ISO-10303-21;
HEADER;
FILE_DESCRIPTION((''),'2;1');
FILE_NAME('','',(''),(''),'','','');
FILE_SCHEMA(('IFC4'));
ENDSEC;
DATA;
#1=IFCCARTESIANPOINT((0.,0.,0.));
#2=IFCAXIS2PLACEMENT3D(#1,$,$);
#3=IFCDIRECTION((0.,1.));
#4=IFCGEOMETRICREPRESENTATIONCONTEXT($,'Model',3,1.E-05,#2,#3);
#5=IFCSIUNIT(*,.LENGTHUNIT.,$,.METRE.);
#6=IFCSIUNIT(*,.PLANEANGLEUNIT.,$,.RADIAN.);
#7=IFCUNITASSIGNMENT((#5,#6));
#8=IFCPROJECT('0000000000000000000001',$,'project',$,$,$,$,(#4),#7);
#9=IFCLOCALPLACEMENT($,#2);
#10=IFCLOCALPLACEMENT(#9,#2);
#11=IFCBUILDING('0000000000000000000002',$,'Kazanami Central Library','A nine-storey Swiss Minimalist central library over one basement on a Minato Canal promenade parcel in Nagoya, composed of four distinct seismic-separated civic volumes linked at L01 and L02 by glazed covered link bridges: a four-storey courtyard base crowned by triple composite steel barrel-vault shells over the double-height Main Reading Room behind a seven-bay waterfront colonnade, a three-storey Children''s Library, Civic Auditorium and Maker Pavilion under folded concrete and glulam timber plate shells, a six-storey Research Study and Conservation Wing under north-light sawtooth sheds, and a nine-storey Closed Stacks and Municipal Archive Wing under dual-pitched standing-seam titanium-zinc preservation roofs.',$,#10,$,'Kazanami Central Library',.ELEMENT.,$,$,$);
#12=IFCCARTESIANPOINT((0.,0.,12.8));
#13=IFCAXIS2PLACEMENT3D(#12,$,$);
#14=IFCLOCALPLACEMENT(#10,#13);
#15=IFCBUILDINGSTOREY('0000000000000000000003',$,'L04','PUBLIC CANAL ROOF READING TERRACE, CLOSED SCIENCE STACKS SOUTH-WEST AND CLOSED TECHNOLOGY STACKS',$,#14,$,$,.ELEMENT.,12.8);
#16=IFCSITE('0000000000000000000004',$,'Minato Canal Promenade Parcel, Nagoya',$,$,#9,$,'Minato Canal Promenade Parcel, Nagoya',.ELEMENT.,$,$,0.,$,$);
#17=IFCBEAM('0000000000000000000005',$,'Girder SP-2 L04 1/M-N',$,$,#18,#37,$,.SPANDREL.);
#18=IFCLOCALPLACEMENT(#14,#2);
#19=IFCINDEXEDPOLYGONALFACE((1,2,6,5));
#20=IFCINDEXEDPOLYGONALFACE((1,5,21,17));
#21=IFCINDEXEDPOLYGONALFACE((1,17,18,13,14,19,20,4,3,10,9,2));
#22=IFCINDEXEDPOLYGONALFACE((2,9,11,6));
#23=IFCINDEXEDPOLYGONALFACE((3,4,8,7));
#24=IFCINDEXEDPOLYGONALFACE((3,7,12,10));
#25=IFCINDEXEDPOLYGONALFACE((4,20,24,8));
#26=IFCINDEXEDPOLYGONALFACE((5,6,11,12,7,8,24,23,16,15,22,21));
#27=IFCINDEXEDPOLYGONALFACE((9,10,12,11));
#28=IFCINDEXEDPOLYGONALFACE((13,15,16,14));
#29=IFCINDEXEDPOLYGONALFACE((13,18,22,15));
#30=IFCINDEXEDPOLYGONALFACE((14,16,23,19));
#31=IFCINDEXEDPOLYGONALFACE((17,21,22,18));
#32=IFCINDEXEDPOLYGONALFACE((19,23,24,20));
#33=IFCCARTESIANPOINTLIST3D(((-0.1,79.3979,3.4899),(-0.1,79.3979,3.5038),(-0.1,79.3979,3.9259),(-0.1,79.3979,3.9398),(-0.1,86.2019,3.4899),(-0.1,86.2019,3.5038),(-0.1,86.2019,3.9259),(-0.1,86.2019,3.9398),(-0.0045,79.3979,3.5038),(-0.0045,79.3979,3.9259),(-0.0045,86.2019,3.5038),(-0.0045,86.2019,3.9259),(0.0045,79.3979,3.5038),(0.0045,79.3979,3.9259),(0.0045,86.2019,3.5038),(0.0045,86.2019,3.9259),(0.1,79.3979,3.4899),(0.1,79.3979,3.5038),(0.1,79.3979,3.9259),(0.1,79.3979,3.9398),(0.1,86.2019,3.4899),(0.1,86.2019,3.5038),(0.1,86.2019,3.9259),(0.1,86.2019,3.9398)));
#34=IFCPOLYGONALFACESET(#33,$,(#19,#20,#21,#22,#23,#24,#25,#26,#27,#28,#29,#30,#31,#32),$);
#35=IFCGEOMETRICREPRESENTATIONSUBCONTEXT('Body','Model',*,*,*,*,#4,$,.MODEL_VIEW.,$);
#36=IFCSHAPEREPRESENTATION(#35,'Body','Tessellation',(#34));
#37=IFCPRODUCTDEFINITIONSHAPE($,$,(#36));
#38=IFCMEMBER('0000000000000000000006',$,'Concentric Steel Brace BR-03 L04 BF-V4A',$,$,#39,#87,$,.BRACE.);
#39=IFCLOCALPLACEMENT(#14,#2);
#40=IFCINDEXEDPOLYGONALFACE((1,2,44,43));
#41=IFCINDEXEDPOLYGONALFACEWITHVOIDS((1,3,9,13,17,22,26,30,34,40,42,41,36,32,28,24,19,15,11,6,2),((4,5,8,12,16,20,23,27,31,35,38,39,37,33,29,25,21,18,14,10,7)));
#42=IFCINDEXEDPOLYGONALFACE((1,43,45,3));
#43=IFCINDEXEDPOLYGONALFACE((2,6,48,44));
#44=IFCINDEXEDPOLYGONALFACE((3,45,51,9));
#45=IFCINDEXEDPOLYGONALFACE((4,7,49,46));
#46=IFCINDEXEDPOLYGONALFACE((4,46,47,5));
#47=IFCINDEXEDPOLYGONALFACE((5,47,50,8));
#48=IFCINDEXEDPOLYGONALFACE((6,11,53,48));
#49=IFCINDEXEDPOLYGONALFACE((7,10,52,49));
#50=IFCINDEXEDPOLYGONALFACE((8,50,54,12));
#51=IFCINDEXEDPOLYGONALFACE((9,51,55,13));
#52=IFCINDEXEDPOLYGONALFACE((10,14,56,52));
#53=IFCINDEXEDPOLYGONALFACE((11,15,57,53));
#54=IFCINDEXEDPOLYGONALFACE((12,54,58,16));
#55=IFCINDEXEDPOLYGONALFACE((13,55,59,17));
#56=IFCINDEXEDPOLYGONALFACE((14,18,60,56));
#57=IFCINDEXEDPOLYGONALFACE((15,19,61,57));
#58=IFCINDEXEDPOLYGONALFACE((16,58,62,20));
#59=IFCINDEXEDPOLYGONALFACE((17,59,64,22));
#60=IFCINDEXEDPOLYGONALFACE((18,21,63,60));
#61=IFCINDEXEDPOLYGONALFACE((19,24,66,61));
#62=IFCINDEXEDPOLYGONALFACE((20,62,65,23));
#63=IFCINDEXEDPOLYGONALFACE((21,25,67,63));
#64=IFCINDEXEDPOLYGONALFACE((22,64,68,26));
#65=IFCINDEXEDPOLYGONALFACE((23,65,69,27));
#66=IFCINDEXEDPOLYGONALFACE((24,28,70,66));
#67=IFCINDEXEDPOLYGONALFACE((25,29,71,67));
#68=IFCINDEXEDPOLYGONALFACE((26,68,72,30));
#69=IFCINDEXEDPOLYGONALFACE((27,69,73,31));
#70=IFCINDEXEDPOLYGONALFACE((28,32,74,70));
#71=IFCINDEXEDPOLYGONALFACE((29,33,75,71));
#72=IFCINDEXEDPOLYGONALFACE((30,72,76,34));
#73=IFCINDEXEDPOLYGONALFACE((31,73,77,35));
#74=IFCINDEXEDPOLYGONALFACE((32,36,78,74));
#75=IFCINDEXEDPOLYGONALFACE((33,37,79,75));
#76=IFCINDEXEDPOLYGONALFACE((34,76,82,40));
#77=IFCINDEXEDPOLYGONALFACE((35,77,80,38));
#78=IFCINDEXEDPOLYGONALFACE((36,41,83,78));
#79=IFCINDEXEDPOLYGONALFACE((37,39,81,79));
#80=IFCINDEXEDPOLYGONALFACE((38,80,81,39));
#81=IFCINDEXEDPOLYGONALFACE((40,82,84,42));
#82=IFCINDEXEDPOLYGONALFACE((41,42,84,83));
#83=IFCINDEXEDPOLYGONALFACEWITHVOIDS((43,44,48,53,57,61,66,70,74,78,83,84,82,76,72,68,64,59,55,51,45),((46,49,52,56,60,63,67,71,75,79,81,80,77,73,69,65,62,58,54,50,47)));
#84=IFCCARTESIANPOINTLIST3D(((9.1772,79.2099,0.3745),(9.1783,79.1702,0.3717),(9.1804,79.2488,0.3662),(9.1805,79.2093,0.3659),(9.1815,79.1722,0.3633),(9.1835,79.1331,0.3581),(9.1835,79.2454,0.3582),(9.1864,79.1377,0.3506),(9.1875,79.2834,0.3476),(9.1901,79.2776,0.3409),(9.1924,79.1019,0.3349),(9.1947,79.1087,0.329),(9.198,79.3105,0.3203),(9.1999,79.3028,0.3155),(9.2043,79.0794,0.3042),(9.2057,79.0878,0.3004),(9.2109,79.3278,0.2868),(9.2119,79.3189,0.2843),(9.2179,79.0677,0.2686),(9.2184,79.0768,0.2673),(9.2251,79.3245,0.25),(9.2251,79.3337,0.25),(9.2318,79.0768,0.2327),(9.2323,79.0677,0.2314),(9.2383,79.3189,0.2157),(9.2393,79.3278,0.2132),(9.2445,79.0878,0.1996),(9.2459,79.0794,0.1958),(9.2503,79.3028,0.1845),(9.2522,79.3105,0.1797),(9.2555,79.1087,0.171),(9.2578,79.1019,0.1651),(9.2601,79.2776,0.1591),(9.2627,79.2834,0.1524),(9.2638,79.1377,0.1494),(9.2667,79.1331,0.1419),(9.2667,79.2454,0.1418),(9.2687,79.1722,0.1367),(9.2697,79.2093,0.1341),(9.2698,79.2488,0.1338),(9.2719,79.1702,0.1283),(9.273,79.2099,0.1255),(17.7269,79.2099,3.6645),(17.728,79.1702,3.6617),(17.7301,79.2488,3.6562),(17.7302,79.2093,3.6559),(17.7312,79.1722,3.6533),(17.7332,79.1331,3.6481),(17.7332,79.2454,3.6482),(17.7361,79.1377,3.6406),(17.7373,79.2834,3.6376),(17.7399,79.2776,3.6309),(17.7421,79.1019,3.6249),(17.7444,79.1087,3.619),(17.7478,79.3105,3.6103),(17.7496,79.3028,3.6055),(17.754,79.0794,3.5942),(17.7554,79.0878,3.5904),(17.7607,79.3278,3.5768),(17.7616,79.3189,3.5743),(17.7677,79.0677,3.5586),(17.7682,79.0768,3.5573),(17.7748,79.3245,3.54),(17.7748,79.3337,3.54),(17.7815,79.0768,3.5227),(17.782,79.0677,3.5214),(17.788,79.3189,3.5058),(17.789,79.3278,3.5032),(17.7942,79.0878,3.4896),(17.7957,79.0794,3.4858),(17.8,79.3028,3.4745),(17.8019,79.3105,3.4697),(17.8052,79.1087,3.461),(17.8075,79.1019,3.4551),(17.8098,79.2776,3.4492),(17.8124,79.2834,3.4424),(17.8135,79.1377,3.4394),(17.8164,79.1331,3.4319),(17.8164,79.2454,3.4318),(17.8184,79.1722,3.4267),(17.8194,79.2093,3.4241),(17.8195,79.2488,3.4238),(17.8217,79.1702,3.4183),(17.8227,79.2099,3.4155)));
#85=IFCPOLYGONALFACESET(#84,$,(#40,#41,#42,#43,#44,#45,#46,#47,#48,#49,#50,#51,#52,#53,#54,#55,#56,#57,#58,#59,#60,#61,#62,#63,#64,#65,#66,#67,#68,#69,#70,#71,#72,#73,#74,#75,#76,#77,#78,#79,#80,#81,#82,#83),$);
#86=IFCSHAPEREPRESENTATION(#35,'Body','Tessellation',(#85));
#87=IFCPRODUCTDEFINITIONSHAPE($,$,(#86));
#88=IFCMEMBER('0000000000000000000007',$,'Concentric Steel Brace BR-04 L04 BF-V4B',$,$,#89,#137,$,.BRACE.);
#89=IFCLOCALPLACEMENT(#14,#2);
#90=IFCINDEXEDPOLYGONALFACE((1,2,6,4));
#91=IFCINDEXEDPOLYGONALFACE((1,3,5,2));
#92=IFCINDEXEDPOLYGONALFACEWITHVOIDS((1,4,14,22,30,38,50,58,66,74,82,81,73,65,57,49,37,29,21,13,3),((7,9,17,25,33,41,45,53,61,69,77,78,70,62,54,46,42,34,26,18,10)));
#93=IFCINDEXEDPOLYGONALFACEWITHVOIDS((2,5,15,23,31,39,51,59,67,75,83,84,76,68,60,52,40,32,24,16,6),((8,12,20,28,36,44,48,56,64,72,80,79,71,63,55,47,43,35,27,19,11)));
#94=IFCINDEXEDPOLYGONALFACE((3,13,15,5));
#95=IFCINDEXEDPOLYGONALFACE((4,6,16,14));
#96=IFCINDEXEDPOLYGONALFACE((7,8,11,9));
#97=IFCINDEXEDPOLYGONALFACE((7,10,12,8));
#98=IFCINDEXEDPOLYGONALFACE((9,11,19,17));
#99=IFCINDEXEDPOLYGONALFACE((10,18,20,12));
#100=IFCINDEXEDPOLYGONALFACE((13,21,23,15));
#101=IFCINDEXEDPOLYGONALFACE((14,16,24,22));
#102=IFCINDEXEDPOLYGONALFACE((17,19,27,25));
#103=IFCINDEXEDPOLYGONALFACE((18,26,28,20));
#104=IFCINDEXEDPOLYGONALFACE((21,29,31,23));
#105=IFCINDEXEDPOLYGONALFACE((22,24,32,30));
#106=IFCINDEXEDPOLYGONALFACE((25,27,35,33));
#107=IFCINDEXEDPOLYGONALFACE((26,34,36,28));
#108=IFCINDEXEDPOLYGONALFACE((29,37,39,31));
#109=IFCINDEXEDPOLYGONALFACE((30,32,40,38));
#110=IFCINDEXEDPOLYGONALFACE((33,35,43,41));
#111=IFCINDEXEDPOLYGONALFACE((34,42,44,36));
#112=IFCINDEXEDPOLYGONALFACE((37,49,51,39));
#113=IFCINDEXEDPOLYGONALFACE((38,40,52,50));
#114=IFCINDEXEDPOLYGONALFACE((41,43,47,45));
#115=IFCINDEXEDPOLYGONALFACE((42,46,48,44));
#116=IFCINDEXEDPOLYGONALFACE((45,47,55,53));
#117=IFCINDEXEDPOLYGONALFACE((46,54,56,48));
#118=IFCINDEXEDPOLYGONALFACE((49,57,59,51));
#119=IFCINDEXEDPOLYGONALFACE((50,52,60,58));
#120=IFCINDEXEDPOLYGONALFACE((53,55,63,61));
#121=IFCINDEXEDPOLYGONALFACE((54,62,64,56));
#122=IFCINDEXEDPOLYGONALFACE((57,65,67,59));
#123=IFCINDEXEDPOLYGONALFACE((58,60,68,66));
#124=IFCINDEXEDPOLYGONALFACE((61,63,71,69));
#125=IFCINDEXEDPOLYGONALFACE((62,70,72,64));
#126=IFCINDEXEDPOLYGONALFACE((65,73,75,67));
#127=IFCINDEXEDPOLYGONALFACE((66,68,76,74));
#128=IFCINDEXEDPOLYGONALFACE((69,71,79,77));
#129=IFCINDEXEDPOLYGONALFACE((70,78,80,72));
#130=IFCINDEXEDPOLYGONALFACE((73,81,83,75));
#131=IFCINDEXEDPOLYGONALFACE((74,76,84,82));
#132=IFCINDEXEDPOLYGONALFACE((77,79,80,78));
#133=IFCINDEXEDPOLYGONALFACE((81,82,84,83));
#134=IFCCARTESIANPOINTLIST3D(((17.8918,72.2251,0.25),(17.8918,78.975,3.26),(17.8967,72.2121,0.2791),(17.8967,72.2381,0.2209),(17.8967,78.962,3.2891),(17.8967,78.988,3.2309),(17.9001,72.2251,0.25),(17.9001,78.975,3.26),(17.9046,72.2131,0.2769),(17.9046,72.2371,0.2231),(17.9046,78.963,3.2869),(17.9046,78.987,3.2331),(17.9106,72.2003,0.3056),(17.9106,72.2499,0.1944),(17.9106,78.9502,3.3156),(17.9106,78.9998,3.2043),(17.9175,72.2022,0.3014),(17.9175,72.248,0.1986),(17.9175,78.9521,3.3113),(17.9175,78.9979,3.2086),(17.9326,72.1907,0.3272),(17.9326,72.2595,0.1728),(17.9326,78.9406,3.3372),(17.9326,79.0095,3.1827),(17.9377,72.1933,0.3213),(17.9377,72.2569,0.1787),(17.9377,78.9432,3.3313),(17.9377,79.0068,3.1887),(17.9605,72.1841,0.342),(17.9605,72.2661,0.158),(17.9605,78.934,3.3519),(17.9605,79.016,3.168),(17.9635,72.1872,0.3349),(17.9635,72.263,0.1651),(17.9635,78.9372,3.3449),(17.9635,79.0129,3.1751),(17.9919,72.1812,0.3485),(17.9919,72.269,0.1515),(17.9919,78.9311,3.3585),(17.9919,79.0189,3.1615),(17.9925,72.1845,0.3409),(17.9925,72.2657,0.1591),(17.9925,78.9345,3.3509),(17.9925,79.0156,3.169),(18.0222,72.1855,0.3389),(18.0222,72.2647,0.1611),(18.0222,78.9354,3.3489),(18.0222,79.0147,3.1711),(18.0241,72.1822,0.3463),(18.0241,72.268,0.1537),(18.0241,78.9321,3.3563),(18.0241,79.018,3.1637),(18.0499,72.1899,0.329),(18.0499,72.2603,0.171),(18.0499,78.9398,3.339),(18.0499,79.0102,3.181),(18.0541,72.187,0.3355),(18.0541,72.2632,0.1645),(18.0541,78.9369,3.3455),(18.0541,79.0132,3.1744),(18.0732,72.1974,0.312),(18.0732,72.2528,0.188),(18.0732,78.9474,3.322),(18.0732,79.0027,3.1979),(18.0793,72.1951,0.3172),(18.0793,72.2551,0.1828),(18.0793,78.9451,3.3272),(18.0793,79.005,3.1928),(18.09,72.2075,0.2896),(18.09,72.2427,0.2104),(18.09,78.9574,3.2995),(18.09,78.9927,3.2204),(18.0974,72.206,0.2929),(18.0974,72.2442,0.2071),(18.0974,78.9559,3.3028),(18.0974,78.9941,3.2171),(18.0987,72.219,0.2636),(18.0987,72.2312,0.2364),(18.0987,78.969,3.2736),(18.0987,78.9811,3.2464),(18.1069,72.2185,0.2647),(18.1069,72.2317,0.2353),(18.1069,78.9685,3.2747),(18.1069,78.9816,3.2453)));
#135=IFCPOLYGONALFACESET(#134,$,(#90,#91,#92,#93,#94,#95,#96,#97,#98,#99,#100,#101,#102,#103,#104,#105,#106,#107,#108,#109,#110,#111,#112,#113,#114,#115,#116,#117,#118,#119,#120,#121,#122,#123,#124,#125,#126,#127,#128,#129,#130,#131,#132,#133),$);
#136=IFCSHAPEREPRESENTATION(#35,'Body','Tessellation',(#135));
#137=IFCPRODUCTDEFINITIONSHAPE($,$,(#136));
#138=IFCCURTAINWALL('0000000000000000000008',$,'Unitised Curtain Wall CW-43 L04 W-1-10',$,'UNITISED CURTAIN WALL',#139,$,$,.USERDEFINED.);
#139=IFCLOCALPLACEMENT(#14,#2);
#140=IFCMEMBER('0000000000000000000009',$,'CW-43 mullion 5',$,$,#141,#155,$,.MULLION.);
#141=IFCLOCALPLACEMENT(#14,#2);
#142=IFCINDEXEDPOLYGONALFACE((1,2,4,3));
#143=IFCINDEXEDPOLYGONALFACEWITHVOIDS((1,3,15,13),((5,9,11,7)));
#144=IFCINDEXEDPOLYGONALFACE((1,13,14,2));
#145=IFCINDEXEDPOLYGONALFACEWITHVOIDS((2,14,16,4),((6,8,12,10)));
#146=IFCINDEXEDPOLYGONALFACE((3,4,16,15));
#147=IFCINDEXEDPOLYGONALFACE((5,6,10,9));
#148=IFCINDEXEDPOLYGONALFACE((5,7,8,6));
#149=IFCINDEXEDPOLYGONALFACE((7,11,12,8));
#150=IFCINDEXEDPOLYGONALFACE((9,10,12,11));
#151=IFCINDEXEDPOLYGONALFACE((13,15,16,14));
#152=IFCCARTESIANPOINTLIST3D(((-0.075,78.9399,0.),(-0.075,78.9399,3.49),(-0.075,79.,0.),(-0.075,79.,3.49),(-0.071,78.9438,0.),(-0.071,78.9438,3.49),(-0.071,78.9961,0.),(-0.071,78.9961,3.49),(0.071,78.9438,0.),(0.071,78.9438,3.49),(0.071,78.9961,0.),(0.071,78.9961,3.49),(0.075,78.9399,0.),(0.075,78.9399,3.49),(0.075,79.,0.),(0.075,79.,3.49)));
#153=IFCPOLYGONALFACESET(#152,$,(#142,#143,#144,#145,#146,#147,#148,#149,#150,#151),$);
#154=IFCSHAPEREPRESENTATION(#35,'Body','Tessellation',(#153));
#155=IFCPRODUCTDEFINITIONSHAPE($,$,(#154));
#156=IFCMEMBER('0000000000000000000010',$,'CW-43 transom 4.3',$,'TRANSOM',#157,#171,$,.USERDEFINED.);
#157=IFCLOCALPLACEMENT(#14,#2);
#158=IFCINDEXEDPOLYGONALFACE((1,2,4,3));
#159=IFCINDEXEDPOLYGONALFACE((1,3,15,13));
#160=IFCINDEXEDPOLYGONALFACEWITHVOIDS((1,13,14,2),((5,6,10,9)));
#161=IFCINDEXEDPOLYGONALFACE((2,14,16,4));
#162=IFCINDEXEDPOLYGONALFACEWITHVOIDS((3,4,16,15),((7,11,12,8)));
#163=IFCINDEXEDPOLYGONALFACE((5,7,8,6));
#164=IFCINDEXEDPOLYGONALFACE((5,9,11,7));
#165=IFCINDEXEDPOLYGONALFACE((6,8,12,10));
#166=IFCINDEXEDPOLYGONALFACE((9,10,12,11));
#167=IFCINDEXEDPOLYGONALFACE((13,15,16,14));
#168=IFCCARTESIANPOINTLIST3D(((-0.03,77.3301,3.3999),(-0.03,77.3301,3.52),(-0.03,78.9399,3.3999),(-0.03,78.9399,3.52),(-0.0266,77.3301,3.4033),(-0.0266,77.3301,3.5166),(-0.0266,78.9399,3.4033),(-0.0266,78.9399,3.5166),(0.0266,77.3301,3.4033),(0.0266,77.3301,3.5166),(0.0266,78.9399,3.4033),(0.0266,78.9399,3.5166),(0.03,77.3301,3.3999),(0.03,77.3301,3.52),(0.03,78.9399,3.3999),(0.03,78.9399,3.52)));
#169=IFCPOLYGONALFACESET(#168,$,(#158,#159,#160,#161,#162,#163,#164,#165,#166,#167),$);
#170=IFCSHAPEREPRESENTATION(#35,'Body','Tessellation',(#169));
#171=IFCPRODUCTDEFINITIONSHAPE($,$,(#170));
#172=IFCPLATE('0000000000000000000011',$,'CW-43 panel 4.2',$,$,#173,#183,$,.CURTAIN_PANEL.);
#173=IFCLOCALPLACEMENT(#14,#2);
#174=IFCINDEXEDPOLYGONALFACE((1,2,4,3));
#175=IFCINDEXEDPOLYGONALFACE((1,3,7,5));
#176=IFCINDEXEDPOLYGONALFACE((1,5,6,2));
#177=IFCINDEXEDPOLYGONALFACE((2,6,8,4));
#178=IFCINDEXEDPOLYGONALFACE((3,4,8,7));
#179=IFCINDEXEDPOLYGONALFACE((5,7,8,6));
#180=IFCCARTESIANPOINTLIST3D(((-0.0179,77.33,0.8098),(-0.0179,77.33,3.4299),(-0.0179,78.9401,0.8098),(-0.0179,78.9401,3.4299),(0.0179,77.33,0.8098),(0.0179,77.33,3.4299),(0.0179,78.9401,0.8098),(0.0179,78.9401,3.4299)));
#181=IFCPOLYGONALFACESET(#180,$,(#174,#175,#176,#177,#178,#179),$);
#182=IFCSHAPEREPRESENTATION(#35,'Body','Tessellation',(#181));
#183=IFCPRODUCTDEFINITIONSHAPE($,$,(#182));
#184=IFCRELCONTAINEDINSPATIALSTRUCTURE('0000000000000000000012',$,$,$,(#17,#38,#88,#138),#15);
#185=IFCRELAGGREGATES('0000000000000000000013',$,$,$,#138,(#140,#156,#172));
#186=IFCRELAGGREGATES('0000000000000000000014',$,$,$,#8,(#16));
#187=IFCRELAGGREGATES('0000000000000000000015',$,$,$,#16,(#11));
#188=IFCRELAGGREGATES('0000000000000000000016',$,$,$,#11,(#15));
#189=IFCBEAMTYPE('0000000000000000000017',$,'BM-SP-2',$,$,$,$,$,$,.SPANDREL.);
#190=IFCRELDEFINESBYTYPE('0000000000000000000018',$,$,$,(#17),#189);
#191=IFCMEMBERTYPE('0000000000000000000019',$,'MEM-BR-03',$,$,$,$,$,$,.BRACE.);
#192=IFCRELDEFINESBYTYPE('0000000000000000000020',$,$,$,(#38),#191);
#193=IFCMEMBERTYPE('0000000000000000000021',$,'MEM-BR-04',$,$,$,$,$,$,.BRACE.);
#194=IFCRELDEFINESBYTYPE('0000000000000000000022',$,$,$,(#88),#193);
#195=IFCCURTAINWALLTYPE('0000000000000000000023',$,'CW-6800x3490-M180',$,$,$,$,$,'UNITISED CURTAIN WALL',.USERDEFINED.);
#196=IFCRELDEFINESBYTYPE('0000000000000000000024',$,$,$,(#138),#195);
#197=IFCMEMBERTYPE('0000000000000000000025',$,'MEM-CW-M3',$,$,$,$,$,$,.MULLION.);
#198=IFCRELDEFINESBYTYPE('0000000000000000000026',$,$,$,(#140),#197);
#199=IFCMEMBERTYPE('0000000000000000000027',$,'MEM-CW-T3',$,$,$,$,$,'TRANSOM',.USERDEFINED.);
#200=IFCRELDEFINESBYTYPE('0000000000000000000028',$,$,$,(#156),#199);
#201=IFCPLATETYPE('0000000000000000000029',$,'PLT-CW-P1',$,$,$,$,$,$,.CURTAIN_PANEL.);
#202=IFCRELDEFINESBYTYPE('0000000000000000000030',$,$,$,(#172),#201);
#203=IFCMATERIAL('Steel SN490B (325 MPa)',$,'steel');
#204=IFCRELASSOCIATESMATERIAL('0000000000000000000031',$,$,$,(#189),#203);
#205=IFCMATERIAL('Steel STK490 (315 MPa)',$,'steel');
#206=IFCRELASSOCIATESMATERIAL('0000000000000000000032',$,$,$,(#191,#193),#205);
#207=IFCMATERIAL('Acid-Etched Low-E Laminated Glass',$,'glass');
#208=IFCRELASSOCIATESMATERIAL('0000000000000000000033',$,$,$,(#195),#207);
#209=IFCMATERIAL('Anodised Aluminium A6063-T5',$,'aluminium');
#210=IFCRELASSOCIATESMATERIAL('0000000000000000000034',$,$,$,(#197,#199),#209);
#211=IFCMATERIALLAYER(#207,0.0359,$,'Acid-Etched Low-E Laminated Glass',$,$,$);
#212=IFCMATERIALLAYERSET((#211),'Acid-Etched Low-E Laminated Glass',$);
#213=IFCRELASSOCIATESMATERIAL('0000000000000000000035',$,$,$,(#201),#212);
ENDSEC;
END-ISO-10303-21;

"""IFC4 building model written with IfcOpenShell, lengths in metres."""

from ifc_helpers import new_model, si_unit, direction, frame, origin, origin_2d, place, context, subcontext, project, spatial, rectangle, hollow_rectangle, hollow_circle, i_section, extrude, material, layer, layer_set, material_profile, profile_set, type_object, element, aggregate, save


model = new_model("IFC4")

# Units and contexts
model_context = context("Model", 3, precision=1e-05, world=origin(), true_north=direction((0.0, 1.0)))
body_context = subcontext(model_context, "Body", "Model", "MODEL_VIEW")
ifc_project = project(units=[si_unit("LENGTHUNIT", "METRE"), si_unit("PLANEANGLEUNIT", "RADIAN")], contexts=[model_context])

# Site, building, storey
site_placement = place(None, origin())
site = spatial("IfcSite", under=ifc_project, at=site_placement, Name="Minato Canal Promenade Parcel, Nagoya", LongName="Minato Canal Promenade Parcel, Nagoya", CompositionType="ELEMENT", RefElevation=0.0)
building_placement = place(site_placement, origin())
building = spatial("IfcBuilding", under=site, at=building_placement, Name="Kazanami Central Library", Description="A nine-storey Swiss Minimalist central library over one basement on a Minato Canal promenade parcel in Nagoya, composed of four distinct seismic-separated civic volumes linked at L01 and L02 by glazed covered link bridges: a four-storey courtyard base crowned by triple composite steel barrel-vault shells over the double-height Main Reading Room behind a seven-bay waterfront colonnade, a three-storey Children's Library, Civic Auditorium and Maker Pavilion under folded concrete and glulam timber plate shells, a six-storey Research Study and Conservation Wing under north-light sawtooth sheds, and a nine-storey Closed Stacks and Municipal Archive Wing under dual-pitched standing-seam titanium-zinc preservation roofs.", LongName="Kazanami Central Library", CompositionType="ELEMENT")
storey_placement = place(building_placement, frame((0.0, 0.0, 12.8)))
storey = spatial("IfcBuildingStorey", under=building, at=storey_placement, Name="L04", Description="PUBLIC CANAL ROOF READING TERRACE, CLOSED SCIENCE STACKS SOUTH-WEST AND CLOSED TECHNOLOGY STACKS", CompositionType="ELEMENT", Elevation=12.8)

# Beam
ifc_material_1 = material(Name="Steel SN490B (325 MPa)", Category="steel")
ifc_material_profile_1 = material_profile(ifc_material_1, i_section(OverallWidth=0.2, OverallDepth=0.45, WebThickness=0.009, FlangeThickness=0.0139, at=origin_2d()), Name="H-450x200x9x14")
ifc_profile_set_1 = profile_set([ifc_material_profile_1], Name="Steel SN490B (325 MPa)")
beam_type_1 = type_object("IfcBeamType", Name="BM-SP-2", PredefinedType="SPANDREL", material=ifc_profile_set_1)
beam_1_placement = place(storey_placement, frame((0.0, 79.3979, 3.7148), z_axis=(0.0, 1.0, 0.0), x_axis=(-1.0, 0.0, 0.0)))
element("IfcBeam", 1, at=beam_1_placement, inside=storey, type_object=beam_type_1, Name="Girder SP-2 L04 1/M-N", PredefinedType="SPANDREL", context=body_context, shape_type="SweptSolid", body=[
    extrude(i_section(OverallWidth=0.2, OverallDepth=0.45, WebThickness=0.009, FlangeThickness=0.0139, at=origin_2d()), origin(), (0.0, 0.0, 1.0), 6.804),
])

# Members
ifc_material_2 = material(Name="Steel STK490 (315 MPa)", Category="steel")
ifc_material_profile_2 = material_profile(ifc_material_2, hollow_circle(Radius=0.1338, WallThickness=0.0093, at=origin_2d()), Name="CHS-267.4x9.3")
ifc_profile_set_2 = profile_set([ifc_material_profile_2], Name="Steel STK490 (315 MPa)")
member_type_1 = type_object("IfcMemberType", Name="MEM-BR-03", PredefinedType="BRACE", material=ifc_profile_set_2)
member_1_placement = place(storey_placement, frame((9.2251, 79.2, 0.25), z_axis=(0.933285, 0.0, 0.359136), x_axis=(0.0, 1.0, 0.0)))
element("IfcMember", 2, at=member_1_placement, inside=storey, type_object=member_type_1, Name="Concentric Steel Brace BR-03 L04 BF-V4A", PredefinedType="BRACE", context=body_context, shape_type="SweptSolid", body=[
    extrude(hollow_circle(Radius=0.1338, WallThickness=0.0093, at=origin_2d()), origin(), (0.0, 0.0, 1.0), 9.1609),
])
ifc_material_profile_3 = material_profile(ifc_material_2, hollow_circle(Radius=0.1082, WallThickness=0.0083, at=origin_2d()), Name="CHS-216.3x8.2")
ifc_profile_set_3 = profile_set([ifc_material_profile_3], Name="Steel STK490 (315 MPa)")
member_type_2 = type_object("IfcMemberType", Name="MEM-BR-04", PredefinedType="BRACE", material=ifc_profile_set_3)
member_2_placement = place(storey_placement, frame((18.0, 72.2251, 0.25), z_axis=(0.0, 0.913308, 0.407269), x_axis=(-1.0, 0.0, 0.0)))
element("IfcMember", 3, at=member_2_placement, inside=storey, type_object=member_type_2, Name="Concentric Steel Brace BR-04 L04 BF-V4B", PredefinedType="BRACE", context=body_context, shape_type="SweptSolid", body=[
    extrude(hollow_circle(Radius=0.1082, WallThickness=0.0083, at=origin_2d()), origin(), (0.0, 0.0, 1.0), 7.3906),
])

# Curtain wall, members, plate
ifc_material_3 = material(Name="Acid-Etched Low-E Laminated Glass", Category="glass")
curtain_wall_type = type_object("IfcCurtainWallType", Name="CW-6800x3490-M180", ElementType="UNITISED CURTAIN WALL", PredefinedType="USERDEFINED", material=ifc_material_3)
curtain_wall_placement = place(storey_placement, origin())
curtain_wall = element("IfcCurtainWall", 4, at=curtain_wall_placement, inside=storey, type_object=curtain_wall_type, Name="Unitised Curtain Wall CW-43 L04 W-1-10", ObjectType="UNITISED CURTAIN WALL", PredefinedType="USERDEFINED")
ifc_material_4 = material(Name="Anodised Aluminium A6063-T5", Category="aluminium")
ifc_material_profile_4 = material_profile(ifc_material_4, hollow_rectangle(XDim=0.0601, YDim=0.1499, WallThickness=0.0039, at=origin_2d()), Name="ALU-MULL-60x150x4")
ifc_profile_set_4 = profile_set([ifc_material_profile_4], Name="Anodised Aluminium A6063-T5")
member_type_3 = type_object("IfcMemberType", Name="MEM-CW-M3", PredefinedType="MULLION", material=ifc_profile_set_4)
member_3_placement = place(storey_placement, frame((0.0, 78.97, 0.0), z_axis=(0.0, 0.0, 1.0), x_axis=(0.0, 1.0, 0.0)))
member_3 = element("IfcMember", 5, at=member_3_placement, type_object=member_type_3, Name="CW-43 mullion 5", PredefinedType="MULLION", context=body_context, shape_type="SweptSolid", body=[
    extrude(hollow_rectangle(XDim=0.0601, YDim=0.1499, WallThickness=0.0039, at=origin_2d()), origin(), (0.0, 0.0, 1.0), 3.49),
])
ifc_material_profile_5 = material_profile(ifc_material_4, hollow_rectangle(XDim=0.0601, YDim=0.1201, WallThickness=0.0034, at=origin_2d()), Name="ALU-TRAN-60x120x3.5")
ifc_profile_set_5 = profile_set([ifc_material_profile_5], Name="Anodised Aluminium A6063-T5")
member_type_4 = type_object("IfcMemberType", Name="MEM-CW-T3", ElementType="TRANSOM", PredefinedType="USERDEFINED", material=ifc_profile_set_5)
member_4_placement = place(storey_placement, frame((0.0, 77.3301, 3.46), z_axis=(0.0, 1.0, 0.0), x_axis=(-1.0, 0.0, 0.0)))
member_4 = element("IfcMember", 6, at=member_4_placement, type_object=member_type_4, Name="CW-43 transom 4.3", ObjectType="TRANSOM", PredefinedType="USERDEFINED", context=body_context, shape_type="SweptSolid", body=[
    extrude(hollow_rectangle(XDim=0.0601, YDim=0.1201, WallThickness=0.0034, at=origin_2d()), origin(), (0.0, 0.0, 1.0), 1.6099),
])
ifc_layer_1 = layer(ifc_material_3, 0.0359, Name="Acid-Etched Low-E Laminated Glass")
ifc_layer_set_1 = layer_set([ifc_layer_1], Name="Acid-Etched Low-E Laminated Glass")
plate_type_1 = type_object("IfcPlateType", Name="PLT-CW-P1", PredefinedType="CURTAIN_PANEL", material=ifc_layer_set_1)
plate_1_placement = place(storey_placement, frame((0.0, 78.135, 0.8098), z_axis=(0.0, 0.0, 1.0), x_axis=(0.0, 1.0, 0.0)))
plate_1 = element("IfcPlate", 7, at=plate_1_placement, type_object=plate_type_1, Name="CW-43 panel 4.2", PredefinedType="CURTAIN_PANEL", context=body_context, shape_type="SweptSolid", body=[
    extrude(rectangle(XDim=1.6101, YDim=0.0359, at=origin_2d()), origin(), (0.0, 0.0, 1.0), 2.6201),
])
aggregate(curtain_wall, [member_3, member_4, plate_1])

save(model, "model.ifc")
